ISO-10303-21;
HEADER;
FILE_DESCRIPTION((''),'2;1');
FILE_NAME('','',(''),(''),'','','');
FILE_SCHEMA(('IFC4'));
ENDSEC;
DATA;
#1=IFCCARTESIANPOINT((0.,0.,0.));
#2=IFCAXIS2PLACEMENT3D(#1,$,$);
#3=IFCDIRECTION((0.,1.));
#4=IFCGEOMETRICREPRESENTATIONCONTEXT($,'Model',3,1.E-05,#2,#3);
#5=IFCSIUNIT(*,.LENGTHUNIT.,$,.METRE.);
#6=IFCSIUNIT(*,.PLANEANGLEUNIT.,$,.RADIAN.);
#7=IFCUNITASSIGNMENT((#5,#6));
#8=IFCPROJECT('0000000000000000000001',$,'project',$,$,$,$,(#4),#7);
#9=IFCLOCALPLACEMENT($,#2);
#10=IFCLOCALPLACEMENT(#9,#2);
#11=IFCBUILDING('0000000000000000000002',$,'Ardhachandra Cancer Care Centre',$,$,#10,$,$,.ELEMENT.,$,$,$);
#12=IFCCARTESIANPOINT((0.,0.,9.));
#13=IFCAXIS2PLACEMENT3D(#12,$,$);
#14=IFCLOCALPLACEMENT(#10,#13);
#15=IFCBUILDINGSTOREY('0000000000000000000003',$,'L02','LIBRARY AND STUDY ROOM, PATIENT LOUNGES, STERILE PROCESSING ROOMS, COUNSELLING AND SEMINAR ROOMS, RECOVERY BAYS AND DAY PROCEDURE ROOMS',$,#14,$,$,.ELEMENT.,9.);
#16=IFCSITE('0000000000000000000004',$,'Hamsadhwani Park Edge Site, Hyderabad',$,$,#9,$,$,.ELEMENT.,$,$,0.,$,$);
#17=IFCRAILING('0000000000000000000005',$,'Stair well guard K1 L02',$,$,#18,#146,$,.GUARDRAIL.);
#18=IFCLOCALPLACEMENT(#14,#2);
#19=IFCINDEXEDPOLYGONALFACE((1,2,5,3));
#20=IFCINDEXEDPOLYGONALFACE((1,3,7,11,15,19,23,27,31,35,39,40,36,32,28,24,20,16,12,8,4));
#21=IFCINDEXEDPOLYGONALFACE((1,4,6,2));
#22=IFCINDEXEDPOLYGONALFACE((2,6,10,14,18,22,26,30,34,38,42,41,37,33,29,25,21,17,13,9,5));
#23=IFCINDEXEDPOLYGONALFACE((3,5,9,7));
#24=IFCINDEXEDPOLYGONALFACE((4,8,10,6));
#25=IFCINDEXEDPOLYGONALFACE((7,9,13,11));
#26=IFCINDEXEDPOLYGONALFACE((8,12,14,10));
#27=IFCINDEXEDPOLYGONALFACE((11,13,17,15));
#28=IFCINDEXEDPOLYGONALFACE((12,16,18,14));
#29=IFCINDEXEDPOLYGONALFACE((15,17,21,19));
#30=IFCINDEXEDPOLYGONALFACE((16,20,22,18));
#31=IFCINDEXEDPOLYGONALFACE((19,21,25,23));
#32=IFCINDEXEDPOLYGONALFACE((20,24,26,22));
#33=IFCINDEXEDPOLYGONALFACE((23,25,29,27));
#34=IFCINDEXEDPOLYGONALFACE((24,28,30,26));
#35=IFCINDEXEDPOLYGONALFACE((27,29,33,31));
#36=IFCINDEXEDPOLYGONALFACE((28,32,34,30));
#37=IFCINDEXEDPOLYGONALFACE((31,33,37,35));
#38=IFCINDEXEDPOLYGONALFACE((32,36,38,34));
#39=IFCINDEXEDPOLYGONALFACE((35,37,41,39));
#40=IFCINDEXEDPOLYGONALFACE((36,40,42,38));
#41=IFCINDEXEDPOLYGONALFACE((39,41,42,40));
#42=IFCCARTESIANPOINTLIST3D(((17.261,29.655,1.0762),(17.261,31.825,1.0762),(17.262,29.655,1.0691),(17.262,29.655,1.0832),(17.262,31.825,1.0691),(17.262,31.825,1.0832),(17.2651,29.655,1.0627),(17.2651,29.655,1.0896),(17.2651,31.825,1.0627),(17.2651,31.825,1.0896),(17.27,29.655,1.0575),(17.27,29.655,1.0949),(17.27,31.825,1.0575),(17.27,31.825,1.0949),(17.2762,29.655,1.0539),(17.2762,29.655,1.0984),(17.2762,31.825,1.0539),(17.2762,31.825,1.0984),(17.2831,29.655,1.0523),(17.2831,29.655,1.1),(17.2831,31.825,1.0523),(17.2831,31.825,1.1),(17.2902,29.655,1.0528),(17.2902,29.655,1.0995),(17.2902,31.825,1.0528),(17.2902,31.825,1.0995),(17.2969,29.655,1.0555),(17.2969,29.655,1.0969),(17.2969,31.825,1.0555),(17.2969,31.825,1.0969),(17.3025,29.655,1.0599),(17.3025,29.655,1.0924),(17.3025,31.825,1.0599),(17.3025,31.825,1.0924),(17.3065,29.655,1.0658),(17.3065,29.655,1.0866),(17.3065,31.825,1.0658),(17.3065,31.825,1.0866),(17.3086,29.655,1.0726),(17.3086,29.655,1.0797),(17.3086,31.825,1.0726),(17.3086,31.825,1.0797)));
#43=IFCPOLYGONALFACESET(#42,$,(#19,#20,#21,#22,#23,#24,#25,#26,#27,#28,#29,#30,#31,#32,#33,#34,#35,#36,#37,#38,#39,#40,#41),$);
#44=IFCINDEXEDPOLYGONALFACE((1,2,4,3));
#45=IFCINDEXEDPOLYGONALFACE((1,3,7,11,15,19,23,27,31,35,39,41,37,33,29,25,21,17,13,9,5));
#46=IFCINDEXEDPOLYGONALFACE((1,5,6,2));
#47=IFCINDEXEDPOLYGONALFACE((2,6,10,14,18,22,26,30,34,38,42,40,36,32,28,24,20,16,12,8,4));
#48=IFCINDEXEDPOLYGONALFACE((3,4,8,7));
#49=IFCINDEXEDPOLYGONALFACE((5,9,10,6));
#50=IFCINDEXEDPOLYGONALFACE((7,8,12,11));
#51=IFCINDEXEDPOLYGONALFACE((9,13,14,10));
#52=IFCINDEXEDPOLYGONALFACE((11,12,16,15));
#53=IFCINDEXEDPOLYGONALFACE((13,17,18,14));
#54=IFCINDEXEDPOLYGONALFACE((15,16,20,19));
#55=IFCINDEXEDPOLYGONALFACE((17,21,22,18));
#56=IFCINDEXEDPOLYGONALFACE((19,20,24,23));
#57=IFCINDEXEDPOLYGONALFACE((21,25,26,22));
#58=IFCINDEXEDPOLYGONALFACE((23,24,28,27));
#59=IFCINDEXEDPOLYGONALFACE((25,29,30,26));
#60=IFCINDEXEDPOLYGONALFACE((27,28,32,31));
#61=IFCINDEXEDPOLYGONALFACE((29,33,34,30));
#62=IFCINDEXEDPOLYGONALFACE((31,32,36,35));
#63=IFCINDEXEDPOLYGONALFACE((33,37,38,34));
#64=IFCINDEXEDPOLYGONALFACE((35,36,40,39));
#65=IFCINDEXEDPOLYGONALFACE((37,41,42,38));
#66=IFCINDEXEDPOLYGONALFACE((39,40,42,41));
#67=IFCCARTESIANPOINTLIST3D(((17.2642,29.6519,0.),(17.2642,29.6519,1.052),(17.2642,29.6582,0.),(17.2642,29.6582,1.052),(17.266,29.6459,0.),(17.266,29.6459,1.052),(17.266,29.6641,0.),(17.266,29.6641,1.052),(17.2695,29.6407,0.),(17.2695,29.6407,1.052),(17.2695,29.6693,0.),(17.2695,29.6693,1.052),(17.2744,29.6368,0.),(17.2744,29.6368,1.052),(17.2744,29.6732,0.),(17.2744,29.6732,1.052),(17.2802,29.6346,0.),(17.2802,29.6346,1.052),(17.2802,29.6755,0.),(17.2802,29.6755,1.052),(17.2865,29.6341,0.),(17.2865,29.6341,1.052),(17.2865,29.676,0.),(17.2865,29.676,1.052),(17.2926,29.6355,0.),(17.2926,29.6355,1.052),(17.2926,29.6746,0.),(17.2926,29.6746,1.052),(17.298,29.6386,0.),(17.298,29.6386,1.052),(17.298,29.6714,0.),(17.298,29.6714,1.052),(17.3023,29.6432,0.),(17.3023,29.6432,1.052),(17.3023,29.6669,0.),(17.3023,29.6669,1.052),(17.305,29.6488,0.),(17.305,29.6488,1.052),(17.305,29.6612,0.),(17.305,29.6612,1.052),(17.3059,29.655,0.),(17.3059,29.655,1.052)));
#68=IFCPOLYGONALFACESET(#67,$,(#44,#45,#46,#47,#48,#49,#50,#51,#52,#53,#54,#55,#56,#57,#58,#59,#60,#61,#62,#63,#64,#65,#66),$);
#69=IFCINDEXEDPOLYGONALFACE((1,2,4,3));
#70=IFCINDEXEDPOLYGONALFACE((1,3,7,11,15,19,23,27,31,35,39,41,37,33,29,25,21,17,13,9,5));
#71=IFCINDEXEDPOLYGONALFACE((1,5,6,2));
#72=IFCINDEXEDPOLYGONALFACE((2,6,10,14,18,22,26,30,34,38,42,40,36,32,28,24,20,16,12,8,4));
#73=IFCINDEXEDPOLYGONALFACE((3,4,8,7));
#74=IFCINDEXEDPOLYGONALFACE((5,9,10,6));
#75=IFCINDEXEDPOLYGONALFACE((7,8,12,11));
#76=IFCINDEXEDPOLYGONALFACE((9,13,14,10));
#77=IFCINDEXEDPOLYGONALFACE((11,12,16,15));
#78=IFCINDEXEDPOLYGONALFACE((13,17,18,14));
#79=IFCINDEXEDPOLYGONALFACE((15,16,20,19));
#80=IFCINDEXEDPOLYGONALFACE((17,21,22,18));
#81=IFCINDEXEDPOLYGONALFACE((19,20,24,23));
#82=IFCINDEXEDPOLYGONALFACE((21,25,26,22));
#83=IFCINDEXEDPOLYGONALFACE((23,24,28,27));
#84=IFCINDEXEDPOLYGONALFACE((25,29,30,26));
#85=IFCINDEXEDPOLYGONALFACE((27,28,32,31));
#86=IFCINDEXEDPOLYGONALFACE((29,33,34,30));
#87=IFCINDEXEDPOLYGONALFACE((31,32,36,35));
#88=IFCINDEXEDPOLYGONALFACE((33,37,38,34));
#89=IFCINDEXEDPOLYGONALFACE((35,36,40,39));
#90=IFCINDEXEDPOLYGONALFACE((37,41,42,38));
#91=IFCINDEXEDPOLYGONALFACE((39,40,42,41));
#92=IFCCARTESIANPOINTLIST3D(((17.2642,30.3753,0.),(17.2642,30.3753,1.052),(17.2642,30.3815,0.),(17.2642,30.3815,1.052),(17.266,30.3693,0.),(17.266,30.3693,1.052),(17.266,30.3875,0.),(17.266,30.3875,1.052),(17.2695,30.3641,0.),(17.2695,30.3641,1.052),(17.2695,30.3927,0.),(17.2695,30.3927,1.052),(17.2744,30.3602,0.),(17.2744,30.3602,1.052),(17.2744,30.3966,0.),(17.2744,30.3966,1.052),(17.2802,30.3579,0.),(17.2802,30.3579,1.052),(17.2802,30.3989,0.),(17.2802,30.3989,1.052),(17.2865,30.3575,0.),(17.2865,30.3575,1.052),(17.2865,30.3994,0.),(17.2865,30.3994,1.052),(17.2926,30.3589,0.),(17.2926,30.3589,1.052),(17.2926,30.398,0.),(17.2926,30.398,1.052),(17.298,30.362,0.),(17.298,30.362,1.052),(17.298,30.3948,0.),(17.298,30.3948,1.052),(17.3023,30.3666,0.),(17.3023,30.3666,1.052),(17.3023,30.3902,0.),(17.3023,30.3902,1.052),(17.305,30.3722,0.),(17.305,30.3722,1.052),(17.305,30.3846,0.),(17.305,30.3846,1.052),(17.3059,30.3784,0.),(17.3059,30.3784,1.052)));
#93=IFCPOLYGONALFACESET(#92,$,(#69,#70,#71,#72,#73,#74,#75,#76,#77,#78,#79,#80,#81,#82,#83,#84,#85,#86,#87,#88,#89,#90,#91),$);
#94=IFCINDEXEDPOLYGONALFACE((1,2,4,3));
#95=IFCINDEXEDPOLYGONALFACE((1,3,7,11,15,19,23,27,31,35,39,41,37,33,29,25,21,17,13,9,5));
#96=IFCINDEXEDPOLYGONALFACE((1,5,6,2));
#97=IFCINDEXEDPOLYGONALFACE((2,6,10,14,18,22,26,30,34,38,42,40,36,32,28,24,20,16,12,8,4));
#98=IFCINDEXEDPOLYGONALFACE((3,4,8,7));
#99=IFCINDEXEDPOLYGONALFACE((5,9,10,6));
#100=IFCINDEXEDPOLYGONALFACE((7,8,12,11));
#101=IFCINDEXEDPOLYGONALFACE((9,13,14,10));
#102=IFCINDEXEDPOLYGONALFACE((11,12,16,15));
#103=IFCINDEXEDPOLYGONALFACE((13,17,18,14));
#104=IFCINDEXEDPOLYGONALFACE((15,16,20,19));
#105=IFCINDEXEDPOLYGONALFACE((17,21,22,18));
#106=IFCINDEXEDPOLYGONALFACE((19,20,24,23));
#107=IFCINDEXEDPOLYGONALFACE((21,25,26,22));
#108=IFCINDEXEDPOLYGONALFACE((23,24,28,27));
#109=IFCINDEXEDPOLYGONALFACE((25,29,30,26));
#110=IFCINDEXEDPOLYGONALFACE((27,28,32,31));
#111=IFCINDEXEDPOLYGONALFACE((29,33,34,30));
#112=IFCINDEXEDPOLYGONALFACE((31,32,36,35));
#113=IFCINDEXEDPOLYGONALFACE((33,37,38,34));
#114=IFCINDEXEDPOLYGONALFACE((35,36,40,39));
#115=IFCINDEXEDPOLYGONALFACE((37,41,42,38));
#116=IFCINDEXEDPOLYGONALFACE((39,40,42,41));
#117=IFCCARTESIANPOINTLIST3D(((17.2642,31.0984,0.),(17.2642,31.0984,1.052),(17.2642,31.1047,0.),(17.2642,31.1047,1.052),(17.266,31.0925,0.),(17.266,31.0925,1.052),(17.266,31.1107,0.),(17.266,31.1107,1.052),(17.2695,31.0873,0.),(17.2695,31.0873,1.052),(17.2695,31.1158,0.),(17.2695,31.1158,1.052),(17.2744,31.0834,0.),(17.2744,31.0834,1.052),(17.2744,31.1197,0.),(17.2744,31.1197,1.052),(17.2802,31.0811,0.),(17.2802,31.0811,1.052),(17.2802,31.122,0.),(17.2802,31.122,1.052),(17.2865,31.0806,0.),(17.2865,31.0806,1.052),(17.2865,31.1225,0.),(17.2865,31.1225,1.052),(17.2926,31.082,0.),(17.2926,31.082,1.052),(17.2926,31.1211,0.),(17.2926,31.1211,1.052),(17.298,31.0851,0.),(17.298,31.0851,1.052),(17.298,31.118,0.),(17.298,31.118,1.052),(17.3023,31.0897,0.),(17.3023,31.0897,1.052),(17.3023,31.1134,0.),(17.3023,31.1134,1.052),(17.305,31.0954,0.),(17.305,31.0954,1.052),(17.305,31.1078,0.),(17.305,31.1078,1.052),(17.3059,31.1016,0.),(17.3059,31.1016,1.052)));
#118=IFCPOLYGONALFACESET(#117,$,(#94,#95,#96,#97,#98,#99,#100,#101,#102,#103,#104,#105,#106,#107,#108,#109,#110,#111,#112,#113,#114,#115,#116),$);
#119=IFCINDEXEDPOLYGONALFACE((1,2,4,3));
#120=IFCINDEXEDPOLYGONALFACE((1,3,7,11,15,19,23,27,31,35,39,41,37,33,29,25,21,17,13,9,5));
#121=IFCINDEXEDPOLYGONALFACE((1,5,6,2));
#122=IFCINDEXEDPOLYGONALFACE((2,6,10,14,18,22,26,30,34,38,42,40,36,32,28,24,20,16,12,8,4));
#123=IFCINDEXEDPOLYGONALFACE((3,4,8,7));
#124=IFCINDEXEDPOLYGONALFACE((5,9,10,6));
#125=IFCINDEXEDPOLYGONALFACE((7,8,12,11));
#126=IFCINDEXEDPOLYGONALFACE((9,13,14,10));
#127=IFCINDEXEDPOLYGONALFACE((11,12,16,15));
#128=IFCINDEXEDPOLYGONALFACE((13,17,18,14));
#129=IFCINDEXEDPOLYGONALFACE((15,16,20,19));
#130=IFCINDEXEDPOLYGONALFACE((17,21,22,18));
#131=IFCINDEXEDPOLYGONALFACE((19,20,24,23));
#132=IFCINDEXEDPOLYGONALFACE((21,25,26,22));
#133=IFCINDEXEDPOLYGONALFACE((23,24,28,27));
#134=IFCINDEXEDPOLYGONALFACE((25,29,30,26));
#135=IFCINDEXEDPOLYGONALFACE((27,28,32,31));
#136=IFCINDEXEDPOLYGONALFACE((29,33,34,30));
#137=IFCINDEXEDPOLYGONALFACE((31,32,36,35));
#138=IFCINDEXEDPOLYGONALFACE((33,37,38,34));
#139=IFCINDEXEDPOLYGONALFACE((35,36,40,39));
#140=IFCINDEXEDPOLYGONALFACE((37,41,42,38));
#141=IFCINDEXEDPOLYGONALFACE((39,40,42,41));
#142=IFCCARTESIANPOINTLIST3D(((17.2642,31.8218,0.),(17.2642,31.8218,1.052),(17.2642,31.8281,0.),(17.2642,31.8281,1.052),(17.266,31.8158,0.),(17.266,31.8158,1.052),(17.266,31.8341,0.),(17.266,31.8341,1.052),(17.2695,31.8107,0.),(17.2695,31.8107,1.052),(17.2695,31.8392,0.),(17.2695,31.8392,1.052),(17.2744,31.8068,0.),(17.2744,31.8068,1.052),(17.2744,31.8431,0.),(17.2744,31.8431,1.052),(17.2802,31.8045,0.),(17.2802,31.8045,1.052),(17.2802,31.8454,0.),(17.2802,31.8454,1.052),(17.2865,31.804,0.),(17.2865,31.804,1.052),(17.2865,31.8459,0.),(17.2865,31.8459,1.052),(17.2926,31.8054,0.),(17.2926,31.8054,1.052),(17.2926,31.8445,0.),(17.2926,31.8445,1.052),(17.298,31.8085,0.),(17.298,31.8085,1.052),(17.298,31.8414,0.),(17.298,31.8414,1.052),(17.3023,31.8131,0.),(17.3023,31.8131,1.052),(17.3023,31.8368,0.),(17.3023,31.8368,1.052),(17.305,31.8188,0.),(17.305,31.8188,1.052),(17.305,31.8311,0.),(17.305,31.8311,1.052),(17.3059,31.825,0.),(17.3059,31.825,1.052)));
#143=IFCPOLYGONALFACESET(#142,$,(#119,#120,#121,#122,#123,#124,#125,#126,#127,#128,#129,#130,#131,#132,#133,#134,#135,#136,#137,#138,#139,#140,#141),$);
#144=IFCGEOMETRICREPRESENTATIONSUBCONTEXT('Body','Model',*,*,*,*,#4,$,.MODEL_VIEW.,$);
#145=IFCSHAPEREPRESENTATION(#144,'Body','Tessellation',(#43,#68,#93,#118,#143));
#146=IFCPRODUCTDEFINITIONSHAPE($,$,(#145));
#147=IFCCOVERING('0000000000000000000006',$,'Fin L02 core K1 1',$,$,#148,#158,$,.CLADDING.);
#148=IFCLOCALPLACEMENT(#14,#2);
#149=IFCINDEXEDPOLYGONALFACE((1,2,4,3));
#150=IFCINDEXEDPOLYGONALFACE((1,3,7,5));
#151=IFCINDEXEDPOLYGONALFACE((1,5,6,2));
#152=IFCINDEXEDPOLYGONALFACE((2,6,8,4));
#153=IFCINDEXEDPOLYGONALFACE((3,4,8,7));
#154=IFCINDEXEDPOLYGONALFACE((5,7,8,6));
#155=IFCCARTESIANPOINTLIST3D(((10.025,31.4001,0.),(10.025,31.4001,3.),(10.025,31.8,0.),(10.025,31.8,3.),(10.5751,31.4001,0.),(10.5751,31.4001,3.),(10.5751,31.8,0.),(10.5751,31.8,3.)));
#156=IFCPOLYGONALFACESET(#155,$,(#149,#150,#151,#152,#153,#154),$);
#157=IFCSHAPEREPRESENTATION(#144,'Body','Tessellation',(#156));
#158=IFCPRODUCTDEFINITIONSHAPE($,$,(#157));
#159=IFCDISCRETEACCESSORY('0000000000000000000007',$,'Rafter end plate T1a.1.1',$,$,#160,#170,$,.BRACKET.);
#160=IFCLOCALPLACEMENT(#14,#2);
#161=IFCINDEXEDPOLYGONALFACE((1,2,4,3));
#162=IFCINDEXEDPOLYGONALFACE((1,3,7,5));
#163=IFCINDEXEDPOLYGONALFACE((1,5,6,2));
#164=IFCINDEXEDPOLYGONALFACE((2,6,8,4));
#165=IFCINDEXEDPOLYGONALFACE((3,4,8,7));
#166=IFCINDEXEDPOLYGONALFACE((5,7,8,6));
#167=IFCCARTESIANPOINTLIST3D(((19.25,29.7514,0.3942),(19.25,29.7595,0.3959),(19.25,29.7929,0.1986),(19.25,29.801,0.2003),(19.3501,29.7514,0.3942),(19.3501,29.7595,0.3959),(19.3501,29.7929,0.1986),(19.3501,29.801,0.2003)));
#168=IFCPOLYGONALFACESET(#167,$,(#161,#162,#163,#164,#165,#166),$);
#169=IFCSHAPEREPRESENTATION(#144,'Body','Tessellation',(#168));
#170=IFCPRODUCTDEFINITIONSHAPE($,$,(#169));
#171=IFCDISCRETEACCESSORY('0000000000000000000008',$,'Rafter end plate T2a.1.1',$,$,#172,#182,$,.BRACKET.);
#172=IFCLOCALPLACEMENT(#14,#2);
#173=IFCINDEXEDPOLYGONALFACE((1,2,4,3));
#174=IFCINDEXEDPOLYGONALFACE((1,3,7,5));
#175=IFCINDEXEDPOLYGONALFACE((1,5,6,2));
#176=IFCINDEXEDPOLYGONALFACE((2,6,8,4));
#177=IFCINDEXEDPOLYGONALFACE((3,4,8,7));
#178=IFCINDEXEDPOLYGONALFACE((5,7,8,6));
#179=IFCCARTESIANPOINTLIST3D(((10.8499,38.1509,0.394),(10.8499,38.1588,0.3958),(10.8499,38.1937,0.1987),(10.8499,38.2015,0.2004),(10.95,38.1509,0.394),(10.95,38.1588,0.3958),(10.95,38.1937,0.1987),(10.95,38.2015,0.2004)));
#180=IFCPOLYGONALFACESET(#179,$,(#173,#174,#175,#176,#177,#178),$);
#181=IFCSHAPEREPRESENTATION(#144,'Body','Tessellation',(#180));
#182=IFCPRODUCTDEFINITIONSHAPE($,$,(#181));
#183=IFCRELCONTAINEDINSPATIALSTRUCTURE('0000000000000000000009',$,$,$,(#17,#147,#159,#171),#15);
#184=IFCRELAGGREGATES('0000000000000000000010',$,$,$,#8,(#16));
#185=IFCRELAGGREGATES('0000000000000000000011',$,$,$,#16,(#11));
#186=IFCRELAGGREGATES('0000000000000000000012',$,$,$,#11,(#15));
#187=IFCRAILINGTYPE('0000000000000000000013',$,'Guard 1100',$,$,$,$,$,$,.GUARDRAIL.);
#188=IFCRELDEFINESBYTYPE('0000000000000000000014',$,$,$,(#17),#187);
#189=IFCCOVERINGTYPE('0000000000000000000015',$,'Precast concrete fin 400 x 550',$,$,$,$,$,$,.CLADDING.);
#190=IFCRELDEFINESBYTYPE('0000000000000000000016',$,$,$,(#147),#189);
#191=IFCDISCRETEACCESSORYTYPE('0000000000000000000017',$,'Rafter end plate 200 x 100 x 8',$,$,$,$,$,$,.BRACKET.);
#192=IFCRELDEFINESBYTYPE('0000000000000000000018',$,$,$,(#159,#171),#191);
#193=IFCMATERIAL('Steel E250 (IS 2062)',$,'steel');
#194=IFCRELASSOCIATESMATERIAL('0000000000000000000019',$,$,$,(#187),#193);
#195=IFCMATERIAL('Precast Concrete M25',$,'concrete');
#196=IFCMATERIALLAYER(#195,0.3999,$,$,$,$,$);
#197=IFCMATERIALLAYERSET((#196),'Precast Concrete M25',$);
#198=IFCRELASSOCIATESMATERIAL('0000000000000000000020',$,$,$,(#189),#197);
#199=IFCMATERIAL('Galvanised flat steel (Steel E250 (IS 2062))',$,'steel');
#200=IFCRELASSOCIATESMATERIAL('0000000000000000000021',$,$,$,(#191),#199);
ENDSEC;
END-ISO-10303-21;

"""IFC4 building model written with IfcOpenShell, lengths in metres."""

from ifc_helpers import new_model, si_unit, direction, frame, origin, origin_2d, place, context, subcontext, project, spatial, rectangle, circle, extrude, material, layer, layer_set, material_profile, profile_set, type_object, element, save


model = new_model("IFC4")

# Units and contexts
model_context = context("Model", 3, precision=1e-05, world=origin(), true_north=direction((0.0, 1.0)))
body_context = subcontext(model_context, "Body", "Model", "MODEL_VIEW")
ifc_project = project(units=[si_unit("LENGTHUNIT", "METRE"), si_unit("PLANEANGLEUNIT", "RADIAN")], contexts=[model_context])

# Site, building, storey
site_placement = place(None, origin())
site = spatial("IfcSite", under=ifc_project, at=site_placement, Name="Hamsadhwani Park Edge Site, Hyderabad", CompositionType="ELEMENT", RefElevation=0.0)
building_placement = place(site_placement, origin())
building = spatial("IfcBuilding", under=site, at=building_placement, Name="Ardhachandra Cancer Care Centre", CompositionType="ELEMENT")
storey_placement = place(building_placement, frame((0.0, 0.0, 9.0)))
storey = spatial("IfcBuildingStorey", under=building, at=storey_placement, Name="L02", Description="LIBRARY AND STUDY ROOM, PATIENT LOUNGES, STERILE PROCESSING ROOMS, COUNSELLING AND SEMINAR ROOMS, RECOVERY BAYS AND DAY PROCEDURE ROOMS", CompositionType="ELEMENT", Elevation=9.0)

# Railing
ifc_material_1 = material(Name="Steel E250 (IS 2062)", Category="steel")
railing_type = type_object("IfcRailingType", Name="Guard 1100", PredefinedType="GUARDRAIL", material=ifc_material_1)
railing_placement = place(storey_placement, frame((17.2849, 29.655, 0.0)))
element("IfcRailing", 1, at=railing_placement, inside=storey, type_object=railing_type, Name="Stair well guard K1 L02", PredefinedType="GUARDRAIL", context=body_context, shape_type="SweptSolid", body=[
    extrude(circle(Radius=0.0239, at=origin_2d()), frame((0.0, 0.0, 1.0762), z_axis=(0.0, 1.0, 0.0), x_axis=(-1.0, 0.0, 0.0)), (0.0, 0.0, 1.0), 2.1699),
    extrude(circle(Radius=0.021, at=origin_2d()), origin(), (0.0, 0.0, 1.0), 1.052),
    extrude(circle(Radius=0.021, at=origin_2d()), frame((0.0, 0.7234, 0.0)), (0.0, 0.0, 1.0), 1.052),
    extrude(circle(Radius=0.021, at=origin_2d()), frame((0.0, 1.4465, 0.0)), (0.0, 0.0, 1.0), 1.052),
    extrude(circle(Radius=0.021, at=origin_2d()), frame((0.0, 2.1699, 0.0)), (0.0, 0.0, 1.0), 1.052),
])

# Covering
ifc_material_2 = material(Name="Precast Concrete M25", Category="concrete")
ifc_layer_1 = layer(ifc_material_2, 0.3999)
ifc_layer_set_1 = layer_set([ifc_layer_1], Name="Precast Concrete M25")
covering_type = type_object("IfcCoveringType", Name="Precast concrete fin 400 x 550", PredefinedType="CLADDING", material=ifc_layer_set_1)
covering_placement = place(storey_placement, frame((10.3, 31.6001, 0.0), z_axis=(0.0, 0.0, 1.0), x_axis=(0.0, 1.0, 0.0)))
element("IfcCovering", 2, at=covering_placement, inside=storey, type_object=covering_type, Name="Fin L02 core K1 1", PredefinedType="CLADDING", context=body_context, shape_type="SweptSolid", body=[
    extrude(rectangle(XDim=0.3999, YDim=0.55, at=origin_2d()), origin(), (0.0, 0.0, 1.0), 3.0),
])

# Discrete accessories
ifc_material_3 = material(Name="Galvanised flat steel (Steel E250 (IS 2062))", Category="steel")
ifc_material_profile_1 = material_profile(ifc_material_3, rectangle(XDim=0.1001, YDim=0.2, at=origin_2d()), Name="Rafter end plate 200 x 100 x 8")
ifc_profile_set_1 = profile_set([ifc_material_profile_1], Name="Galvanised flat steel (Steel E250 (IS 2062))")
discrete_accessory_type = type_object("IfcDiscreteAccessoryType", Name="Rafter end plate 200 x 100 x 8", PredefinedType="BRACKET", material=ifc_profile_set_1)
discrete_accessory_1_placement = place(storey_placement, frame((19.3, 29.7803, 0.2981), z_axis=(0.0, -0.978234, -0.207504), x_axis=(1.0, 0.0, 0.0)))
element("IfcDiscreteAccessory", 3, at=discrete_accessory_1_placement, inside=storey, type_object=discrete_accessory_type, Name="Rafter end plate T1a.1.1", PredefinedType="BRACKET", context=body_context, shape_type="SweptSolid", body=[
    extrude(rectangle(XDim=0.1001, YDim=0.2, at=origin_2d()), origin(), (0.0, 0.0, 1.0), 0.0083),
])
discrete_accessory_2_placement = place(storey_placement, frame((10.8999, 38.1802, 0.2981), z_axis=(0.0, -0.9769, -0.213697), x_axis=(1.0, 0.0, 0.0)))
element("IfcDiscreteAccessory", 4, at=discrete_accessory_2_placement, inside=storey, type_object=discrete_accessory_type, Name="Rafter end plate T2a.1.1", PredefinedType="BRACKET", context=body_context, shape_type="SweptSolid", body=[
    extrude(rectangle(XDim=0.1001, YDim=0.2, at=origin_2d()), origin(), (0.0, 0.0, 1.0), 0.0081),
])

save(model, "model.ifc")
